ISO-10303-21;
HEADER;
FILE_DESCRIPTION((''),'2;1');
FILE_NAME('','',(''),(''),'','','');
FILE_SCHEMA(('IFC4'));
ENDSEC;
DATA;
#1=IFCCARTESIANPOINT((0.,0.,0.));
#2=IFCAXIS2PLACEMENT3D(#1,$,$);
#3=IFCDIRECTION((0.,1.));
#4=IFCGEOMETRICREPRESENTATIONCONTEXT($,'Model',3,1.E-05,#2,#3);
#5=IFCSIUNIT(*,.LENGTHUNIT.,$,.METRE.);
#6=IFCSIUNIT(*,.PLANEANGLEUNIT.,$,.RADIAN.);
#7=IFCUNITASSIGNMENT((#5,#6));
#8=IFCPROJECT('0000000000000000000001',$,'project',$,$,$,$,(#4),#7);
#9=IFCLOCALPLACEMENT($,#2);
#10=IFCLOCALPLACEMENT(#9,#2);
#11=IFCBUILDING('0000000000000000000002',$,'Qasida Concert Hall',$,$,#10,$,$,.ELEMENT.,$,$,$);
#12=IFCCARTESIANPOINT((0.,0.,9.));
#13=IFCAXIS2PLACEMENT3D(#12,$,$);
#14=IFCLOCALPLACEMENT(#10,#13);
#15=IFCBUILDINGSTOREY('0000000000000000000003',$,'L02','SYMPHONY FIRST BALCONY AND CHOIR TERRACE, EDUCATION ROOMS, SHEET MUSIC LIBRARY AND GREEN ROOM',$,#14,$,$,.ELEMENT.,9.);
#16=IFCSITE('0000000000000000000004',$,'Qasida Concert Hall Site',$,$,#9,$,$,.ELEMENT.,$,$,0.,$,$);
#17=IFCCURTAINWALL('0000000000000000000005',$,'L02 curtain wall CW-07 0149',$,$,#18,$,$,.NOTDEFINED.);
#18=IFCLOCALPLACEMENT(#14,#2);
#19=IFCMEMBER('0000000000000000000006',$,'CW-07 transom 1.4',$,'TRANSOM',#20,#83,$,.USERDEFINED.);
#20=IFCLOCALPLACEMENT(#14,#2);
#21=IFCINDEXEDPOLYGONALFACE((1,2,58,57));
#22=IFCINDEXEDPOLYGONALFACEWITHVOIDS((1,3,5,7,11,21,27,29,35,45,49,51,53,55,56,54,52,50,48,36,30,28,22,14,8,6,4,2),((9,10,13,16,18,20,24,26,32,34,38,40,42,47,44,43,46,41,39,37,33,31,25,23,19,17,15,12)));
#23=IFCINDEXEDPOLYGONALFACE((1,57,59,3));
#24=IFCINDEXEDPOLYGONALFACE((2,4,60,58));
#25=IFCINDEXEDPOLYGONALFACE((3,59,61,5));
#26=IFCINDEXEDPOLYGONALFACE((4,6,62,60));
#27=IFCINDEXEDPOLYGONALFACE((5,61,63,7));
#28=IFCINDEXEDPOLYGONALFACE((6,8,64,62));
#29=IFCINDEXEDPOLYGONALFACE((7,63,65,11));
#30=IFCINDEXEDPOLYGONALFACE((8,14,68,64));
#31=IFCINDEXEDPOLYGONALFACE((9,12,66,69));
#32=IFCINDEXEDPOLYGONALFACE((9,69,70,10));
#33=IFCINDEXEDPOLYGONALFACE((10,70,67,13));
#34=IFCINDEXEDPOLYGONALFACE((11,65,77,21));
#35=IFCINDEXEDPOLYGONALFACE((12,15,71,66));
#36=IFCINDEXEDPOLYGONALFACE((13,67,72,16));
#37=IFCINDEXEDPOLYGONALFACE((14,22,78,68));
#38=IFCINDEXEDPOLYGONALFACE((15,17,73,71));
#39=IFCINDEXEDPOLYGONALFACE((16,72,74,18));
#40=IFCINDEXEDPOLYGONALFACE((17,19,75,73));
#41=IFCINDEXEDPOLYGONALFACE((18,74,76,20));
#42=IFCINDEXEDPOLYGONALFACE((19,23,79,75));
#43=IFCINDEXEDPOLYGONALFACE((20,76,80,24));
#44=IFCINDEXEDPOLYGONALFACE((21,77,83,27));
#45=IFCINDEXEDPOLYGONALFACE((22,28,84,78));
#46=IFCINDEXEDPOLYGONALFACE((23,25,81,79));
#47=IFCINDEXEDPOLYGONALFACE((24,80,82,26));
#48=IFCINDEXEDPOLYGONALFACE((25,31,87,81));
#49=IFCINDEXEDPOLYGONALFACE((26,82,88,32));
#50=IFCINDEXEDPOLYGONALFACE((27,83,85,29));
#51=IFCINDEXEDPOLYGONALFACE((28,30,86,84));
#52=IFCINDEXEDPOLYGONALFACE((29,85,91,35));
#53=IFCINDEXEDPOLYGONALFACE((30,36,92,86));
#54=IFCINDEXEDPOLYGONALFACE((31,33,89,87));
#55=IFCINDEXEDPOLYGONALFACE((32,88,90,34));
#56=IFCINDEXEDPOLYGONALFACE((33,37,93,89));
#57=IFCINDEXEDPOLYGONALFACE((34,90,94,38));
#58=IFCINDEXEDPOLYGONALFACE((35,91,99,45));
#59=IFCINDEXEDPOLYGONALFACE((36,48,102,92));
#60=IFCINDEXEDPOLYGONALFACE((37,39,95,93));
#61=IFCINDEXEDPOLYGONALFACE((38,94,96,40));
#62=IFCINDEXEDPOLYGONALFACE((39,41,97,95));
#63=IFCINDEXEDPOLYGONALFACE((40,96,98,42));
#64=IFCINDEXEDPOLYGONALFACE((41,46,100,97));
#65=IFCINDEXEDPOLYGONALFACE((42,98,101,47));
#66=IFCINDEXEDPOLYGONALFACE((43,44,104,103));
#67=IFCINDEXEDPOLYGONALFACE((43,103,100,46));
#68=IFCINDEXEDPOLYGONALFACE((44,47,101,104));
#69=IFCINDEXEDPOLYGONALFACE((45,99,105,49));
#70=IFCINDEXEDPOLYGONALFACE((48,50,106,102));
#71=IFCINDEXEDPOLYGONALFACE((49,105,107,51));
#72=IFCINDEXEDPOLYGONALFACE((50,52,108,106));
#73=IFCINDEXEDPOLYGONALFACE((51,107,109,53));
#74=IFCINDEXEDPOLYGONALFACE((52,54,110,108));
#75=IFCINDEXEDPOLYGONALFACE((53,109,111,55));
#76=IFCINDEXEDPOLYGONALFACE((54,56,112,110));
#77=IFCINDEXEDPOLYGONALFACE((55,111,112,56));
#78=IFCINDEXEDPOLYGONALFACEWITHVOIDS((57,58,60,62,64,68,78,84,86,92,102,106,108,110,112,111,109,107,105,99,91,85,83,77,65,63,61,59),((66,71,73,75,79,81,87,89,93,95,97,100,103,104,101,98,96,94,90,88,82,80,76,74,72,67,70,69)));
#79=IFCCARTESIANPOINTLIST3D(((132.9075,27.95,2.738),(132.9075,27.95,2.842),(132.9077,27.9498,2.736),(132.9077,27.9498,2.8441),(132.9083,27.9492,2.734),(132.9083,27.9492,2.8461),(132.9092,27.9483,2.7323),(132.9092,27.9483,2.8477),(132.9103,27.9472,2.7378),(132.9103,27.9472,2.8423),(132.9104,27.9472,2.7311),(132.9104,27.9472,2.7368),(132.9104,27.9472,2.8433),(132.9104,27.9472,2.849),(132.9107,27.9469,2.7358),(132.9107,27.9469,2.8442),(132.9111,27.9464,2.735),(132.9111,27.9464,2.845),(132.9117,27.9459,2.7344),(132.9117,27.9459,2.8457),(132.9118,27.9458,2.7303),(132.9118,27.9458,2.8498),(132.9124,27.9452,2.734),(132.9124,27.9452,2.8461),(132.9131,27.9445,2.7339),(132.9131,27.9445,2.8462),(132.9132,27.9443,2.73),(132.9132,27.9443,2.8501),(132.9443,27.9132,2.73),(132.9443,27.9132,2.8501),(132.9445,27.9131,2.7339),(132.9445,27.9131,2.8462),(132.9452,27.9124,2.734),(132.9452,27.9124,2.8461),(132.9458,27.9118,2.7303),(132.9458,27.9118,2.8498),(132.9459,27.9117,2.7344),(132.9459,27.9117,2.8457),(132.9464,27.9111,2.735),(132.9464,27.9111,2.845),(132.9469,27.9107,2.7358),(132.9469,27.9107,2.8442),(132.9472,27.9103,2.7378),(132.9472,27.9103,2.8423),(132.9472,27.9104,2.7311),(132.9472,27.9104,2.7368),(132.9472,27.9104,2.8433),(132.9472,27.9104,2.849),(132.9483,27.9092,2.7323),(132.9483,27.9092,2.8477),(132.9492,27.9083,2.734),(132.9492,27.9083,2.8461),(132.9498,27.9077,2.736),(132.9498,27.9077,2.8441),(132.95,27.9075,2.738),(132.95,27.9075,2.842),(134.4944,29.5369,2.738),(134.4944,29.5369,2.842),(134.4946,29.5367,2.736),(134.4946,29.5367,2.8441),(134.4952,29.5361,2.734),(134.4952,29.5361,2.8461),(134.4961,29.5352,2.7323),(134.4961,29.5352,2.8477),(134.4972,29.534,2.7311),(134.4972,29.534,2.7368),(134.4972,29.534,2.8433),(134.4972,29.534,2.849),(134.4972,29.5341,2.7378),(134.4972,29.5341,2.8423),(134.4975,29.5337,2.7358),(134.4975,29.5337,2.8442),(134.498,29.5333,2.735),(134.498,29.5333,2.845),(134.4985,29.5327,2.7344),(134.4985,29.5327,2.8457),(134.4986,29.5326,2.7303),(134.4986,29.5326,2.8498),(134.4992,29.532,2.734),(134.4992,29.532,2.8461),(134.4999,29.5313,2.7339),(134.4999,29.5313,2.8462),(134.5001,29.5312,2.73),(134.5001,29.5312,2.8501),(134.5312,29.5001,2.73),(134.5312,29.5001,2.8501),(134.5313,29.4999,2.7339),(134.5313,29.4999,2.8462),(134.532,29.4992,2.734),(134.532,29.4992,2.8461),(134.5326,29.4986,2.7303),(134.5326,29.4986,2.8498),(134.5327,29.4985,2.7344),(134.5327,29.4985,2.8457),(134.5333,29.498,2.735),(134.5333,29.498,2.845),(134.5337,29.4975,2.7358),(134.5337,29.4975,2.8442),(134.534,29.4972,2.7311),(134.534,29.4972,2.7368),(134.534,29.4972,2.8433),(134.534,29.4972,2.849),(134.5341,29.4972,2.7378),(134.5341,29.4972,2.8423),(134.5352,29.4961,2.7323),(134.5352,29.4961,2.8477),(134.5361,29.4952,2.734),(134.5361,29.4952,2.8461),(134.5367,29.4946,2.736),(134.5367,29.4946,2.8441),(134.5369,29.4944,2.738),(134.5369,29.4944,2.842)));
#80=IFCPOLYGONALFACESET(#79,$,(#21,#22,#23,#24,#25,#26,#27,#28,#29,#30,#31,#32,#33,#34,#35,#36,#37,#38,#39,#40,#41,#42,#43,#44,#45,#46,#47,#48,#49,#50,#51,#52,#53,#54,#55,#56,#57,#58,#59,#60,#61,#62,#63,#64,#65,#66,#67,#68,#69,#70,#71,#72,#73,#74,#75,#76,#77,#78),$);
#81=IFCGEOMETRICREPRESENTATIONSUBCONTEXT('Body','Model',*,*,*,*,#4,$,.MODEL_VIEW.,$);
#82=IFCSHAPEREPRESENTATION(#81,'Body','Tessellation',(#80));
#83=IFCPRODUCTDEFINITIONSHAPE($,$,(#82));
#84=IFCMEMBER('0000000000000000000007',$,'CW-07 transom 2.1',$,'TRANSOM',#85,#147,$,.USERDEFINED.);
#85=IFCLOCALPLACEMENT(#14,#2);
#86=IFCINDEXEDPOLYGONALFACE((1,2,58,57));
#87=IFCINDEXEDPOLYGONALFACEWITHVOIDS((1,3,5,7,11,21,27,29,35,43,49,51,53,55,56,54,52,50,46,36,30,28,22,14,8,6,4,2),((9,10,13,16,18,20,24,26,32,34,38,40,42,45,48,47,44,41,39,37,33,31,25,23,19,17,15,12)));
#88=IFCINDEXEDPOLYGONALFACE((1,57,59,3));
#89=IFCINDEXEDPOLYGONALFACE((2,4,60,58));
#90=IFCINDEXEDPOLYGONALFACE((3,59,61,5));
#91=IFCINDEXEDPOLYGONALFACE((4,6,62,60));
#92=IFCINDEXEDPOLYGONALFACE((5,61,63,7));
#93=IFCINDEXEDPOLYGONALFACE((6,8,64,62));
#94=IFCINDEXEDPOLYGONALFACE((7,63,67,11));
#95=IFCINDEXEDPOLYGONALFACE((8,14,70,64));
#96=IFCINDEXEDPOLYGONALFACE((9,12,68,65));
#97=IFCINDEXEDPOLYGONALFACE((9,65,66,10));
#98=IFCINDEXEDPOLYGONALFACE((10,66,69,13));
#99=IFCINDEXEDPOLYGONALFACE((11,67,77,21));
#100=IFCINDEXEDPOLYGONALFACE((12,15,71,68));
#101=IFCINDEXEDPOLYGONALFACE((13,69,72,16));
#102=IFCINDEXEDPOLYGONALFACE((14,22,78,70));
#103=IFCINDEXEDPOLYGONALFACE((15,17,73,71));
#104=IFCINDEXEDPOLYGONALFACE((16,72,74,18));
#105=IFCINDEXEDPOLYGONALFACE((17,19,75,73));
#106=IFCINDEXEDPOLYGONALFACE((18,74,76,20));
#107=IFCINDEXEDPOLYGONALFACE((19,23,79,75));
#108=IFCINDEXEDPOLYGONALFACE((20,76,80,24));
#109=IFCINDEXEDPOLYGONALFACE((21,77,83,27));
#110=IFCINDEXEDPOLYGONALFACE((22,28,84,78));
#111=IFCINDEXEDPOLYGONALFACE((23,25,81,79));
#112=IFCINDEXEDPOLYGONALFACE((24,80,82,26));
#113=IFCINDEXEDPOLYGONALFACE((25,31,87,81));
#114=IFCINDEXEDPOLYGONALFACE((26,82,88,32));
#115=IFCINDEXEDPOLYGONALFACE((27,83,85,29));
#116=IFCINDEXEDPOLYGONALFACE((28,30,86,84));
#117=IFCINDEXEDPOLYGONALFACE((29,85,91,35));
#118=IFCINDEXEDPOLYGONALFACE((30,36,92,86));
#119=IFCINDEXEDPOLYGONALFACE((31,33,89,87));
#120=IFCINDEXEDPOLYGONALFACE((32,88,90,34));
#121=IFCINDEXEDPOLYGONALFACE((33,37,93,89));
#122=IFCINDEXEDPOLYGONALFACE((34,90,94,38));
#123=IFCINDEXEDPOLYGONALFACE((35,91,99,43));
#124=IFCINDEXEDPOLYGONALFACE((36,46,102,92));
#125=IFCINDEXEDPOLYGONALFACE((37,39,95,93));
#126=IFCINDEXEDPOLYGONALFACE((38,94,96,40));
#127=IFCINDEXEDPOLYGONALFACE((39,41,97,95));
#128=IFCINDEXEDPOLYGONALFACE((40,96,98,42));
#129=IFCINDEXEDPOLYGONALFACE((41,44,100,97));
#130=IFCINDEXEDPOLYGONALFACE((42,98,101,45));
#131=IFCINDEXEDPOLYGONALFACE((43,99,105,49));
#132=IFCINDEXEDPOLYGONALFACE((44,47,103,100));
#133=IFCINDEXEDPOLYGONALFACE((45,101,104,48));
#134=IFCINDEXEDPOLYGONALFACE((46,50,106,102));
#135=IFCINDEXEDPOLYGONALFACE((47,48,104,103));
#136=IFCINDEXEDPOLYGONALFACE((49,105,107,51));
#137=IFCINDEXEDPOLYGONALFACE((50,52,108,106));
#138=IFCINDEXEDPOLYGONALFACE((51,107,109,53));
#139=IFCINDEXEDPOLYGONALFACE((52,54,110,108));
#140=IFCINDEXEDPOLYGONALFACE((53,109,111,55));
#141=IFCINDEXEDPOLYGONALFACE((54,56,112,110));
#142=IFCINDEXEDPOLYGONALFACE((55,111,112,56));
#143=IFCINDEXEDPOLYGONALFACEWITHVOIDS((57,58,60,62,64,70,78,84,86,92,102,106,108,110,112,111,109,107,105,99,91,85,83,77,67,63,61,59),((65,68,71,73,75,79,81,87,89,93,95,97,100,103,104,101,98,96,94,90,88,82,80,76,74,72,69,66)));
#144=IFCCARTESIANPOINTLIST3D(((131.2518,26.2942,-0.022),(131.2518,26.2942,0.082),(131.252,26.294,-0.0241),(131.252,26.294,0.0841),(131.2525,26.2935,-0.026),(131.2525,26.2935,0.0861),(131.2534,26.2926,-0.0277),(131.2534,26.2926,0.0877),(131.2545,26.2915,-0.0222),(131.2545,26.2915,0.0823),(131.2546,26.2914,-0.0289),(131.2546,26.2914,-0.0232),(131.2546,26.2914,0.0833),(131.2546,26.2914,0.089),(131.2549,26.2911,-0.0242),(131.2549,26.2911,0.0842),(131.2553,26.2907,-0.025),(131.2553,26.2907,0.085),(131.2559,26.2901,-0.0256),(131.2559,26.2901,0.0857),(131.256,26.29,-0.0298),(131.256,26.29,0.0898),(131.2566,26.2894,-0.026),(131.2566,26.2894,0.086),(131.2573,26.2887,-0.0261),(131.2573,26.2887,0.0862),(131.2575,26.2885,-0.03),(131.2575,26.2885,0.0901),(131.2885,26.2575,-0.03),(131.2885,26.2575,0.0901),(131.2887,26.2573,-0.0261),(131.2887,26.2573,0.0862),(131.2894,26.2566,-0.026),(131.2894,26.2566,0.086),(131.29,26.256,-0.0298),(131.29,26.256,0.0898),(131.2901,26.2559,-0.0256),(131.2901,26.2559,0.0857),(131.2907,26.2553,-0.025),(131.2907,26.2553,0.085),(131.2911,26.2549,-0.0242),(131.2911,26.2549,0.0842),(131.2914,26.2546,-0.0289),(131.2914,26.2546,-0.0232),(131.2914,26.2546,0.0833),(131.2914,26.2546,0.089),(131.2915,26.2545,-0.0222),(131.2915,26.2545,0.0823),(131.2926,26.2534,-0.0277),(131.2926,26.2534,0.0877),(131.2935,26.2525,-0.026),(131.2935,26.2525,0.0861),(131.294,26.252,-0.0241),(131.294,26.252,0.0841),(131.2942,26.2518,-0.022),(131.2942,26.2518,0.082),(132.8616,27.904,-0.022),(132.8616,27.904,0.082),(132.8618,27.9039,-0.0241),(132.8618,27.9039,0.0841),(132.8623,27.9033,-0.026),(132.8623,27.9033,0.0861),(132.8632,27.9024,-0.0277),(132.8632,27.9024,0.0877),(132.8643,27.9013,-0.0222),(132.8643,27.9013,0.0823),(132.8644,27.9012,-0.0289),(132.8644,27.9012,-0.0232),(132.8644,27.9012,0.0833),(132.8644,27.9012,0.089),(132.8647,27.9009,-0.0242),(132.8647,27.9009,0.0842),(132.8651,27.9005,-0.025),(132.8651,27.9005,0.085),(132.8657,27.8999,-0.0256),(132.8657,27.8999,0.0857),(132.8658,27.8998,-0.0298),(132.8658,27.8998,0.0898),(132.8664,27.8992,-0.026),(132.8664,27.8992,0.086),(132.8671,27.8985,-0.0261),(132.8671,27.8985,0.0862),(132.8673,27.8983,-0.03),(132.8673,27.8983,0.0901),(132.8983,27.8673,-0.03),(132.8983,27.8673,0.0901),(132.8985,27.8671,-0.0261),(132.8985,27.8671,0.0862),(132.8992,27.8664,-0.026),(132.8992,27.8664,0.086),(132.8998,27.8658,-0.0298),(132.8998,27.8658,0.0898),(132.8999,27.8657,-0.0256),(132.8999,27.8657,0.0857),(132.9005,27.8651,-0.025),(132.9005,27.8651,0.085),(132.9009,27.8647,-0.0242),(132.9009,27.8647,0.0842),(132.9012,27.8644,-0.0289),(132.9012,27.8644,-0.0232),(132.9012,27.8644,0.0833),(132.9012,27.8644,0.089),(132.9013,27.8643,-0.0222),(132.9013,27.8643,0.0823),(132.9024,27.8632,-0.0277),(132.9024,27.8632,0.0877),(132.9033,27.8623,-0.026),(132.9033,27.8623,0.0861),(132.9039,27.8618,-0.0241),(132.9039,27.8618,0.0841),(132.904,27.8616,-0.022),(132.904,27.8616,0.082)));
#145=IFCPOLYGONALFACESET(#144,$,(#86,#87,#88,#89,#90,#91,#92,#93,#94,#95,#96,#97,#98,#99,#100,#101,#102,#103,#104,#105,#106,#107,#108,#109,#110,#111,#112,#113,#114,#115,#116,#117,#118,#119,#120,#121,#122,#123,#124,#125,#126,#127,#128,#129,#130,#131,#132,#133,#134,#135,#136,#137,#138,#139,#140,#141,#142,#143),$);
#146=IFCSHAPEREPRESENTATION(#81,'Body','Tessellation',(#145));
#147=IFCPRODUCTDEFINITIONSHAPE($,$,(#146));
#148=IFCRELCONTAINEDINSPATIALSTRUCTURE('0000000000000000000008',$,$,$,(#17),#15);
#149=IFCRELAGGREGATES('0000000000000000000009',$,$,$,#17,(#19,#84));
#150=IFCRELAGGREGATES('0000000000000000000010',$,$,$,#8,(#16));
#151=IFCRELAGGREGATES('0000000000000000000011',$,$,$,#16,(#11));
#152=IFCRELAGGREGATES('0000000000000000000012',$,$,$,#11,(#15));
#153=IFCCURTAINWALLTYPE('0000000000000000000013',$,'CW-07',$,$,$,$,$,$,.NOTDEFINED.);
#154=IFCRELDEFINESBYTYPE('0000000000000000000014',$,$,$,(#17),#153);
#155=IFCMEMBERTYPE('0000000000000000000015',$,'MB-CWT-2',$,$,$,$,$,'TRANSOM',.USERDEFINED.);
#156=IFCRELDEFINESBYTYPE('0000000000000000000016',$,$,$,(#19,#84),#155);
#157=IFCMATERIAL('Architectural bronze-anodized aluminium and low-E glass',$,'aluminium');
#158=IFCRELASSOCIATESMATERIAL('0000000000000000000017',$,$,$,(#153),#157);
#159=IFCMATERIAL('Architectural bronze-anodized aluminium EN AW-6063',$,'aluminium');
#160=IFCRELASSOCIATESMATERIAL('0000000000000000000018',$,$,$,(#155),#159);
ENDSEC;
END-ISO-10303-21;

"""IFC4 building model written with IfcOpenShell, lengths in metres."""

from ifc_helpers import new_model, si_unit, direction, frame, origin, origin_2d, place, context, subcontext, project, spatial, hollow_rectangle, extrude, material, material_profile, profile_set, type_object, element, aggregate, save


model = new_model("IFC4")

# Units and contexts
model_context = context("Model", 3, precision=1e-05, world=origin(), true_north=direction((0.0, 1.0)))
body_context = subcontext(model_context, "Body", "Model", "MODEL_VIEW")
ifc_project = project(units=[si_unit("LENGTHUNIT", "METRE"), si_unit("PLANEANGLEUNIT", "RADIAN")], contexts=[model_context])

# Site, building, storey
site_placement = place(None, origin())
site = spatial("IfcSite", under=ifc_project, at=site_placement, Name="Qasida Concert Hall Site", CompositionType="ELEMENT", RefElevation=0.0)
building_placement = place(site_placement, origin())
building = spatial("IfcBuilding", under=site, at=building_placement, Name="Qasida Concert Hall", CompositionType="ELEMENT")
storey_placement = place(building_placement, frame((0.0, 0.0, 9.0)))
storey = spatial("IfcBuildingStorey", under=building, at=storey_placement, Name="L02", Description="SYMPHONY FIRST BALCONY AND CHOIR TERRACE, EDUCATION ROOMS, SHEET MUSIC LIBRARY AND GREEN ROOM", CompositionType="ELEMENT", Elevation=9.0)

# Curtain wall, members
ifc_material_1 = material(Name="Architectural bronze-anodized aluminium and low-E glass", Category="aluminium")
curtain_wall_type = type_object("IfcCurtainWallType", Name="CW-07", PredefinedType="NOTDEFINED", material=ifc_material_1)
curtain_wall_placement = place(storey_placement, origin())
curtain_wall = element("IfcCurtainWall", 1, at=curtain_wall_placement, inside=storey, type_object=curtain_wall_type, Name="L02 curtain wall CW-07 0149", PredefinedType="NOTDEFINED")
ifc_material_2 = material(Name="Architectural bronze-anodized aluminium EN AW-6063", Category="aluminium")
ifc_material_profile_1 = material_profile(ifc_material_2, hollow_rectangle(XDim=0.0601, YDim=0.1201, WallThickness=0.0039, InnerFilletRadius=0.0039, OuterFilletRadius=0.0081, at=origin_2d()), Name="CWT 120x60x4")
ifc_profile_set_1 = profile_set([ifc_material_profile_1], Name="Architectural bronze-anodized aluminium EN AW-6063")
member_type_1 = type_object("IfcMemberType", Name="MB-CWT-2", ElementType="TRANSOM", PredefinedType="USERDEFINED", material=ifc_profile_set_1)
member_1_placement = place(storey_placement, frame((134.5156, 29.5156, 2.79), z_axis=(-0.707107, -0.707107, 0.0), x_axis=(0.707107, -0.707107, 0.0)))
member_1 = element("IfcMember", 2, at=member_1_placement, type_object=member_type_1, Name="CW-07 transom 1.4", ObjectType="TRANSOM", PredefinedType="USERDEFINED", context=body_context, shape_type="SweptSolid", body=[
    extrude(hollow_rectangle(XDim=0.0601, YDim=0.1201, WallThickness=0.0039, InnerFilletRadius=0.0039, OuterFilletRadius=0.0081, at=origin_2d()), origin(), (0.0, 0.0, 1.0), 2.2441),
])
member_2_placement = place(storey_placement, frame((132.8828, 27.8828, 0.03), z_axis=(-0.707107, -0.707107, 0.0), x_axis=(0.707107, -0.707107, 0.0)))
member_2 = element("IfcMember", 3, at=member_2_placement, type_object=member_type_1, Name="CW-07 transom 2.1", ObjectType="TRANSOM", PredefinedType="USERDEFINED", context=body_context, shape_type="SweptSolid", body=[
    extrude(hollow_rectangle(XDim=0.0601, YDim=0.1201, WallThickness=0.0039, InnerFilletRadius=0.0039, OuterFilletRadius=0.0081, at=origin_2d()), origin(), (0.0, 0.0, 1.0), 2.2766),
])
aggregate(curtain_wall, [member_1, member_2])

save(model, "model.ifc")
